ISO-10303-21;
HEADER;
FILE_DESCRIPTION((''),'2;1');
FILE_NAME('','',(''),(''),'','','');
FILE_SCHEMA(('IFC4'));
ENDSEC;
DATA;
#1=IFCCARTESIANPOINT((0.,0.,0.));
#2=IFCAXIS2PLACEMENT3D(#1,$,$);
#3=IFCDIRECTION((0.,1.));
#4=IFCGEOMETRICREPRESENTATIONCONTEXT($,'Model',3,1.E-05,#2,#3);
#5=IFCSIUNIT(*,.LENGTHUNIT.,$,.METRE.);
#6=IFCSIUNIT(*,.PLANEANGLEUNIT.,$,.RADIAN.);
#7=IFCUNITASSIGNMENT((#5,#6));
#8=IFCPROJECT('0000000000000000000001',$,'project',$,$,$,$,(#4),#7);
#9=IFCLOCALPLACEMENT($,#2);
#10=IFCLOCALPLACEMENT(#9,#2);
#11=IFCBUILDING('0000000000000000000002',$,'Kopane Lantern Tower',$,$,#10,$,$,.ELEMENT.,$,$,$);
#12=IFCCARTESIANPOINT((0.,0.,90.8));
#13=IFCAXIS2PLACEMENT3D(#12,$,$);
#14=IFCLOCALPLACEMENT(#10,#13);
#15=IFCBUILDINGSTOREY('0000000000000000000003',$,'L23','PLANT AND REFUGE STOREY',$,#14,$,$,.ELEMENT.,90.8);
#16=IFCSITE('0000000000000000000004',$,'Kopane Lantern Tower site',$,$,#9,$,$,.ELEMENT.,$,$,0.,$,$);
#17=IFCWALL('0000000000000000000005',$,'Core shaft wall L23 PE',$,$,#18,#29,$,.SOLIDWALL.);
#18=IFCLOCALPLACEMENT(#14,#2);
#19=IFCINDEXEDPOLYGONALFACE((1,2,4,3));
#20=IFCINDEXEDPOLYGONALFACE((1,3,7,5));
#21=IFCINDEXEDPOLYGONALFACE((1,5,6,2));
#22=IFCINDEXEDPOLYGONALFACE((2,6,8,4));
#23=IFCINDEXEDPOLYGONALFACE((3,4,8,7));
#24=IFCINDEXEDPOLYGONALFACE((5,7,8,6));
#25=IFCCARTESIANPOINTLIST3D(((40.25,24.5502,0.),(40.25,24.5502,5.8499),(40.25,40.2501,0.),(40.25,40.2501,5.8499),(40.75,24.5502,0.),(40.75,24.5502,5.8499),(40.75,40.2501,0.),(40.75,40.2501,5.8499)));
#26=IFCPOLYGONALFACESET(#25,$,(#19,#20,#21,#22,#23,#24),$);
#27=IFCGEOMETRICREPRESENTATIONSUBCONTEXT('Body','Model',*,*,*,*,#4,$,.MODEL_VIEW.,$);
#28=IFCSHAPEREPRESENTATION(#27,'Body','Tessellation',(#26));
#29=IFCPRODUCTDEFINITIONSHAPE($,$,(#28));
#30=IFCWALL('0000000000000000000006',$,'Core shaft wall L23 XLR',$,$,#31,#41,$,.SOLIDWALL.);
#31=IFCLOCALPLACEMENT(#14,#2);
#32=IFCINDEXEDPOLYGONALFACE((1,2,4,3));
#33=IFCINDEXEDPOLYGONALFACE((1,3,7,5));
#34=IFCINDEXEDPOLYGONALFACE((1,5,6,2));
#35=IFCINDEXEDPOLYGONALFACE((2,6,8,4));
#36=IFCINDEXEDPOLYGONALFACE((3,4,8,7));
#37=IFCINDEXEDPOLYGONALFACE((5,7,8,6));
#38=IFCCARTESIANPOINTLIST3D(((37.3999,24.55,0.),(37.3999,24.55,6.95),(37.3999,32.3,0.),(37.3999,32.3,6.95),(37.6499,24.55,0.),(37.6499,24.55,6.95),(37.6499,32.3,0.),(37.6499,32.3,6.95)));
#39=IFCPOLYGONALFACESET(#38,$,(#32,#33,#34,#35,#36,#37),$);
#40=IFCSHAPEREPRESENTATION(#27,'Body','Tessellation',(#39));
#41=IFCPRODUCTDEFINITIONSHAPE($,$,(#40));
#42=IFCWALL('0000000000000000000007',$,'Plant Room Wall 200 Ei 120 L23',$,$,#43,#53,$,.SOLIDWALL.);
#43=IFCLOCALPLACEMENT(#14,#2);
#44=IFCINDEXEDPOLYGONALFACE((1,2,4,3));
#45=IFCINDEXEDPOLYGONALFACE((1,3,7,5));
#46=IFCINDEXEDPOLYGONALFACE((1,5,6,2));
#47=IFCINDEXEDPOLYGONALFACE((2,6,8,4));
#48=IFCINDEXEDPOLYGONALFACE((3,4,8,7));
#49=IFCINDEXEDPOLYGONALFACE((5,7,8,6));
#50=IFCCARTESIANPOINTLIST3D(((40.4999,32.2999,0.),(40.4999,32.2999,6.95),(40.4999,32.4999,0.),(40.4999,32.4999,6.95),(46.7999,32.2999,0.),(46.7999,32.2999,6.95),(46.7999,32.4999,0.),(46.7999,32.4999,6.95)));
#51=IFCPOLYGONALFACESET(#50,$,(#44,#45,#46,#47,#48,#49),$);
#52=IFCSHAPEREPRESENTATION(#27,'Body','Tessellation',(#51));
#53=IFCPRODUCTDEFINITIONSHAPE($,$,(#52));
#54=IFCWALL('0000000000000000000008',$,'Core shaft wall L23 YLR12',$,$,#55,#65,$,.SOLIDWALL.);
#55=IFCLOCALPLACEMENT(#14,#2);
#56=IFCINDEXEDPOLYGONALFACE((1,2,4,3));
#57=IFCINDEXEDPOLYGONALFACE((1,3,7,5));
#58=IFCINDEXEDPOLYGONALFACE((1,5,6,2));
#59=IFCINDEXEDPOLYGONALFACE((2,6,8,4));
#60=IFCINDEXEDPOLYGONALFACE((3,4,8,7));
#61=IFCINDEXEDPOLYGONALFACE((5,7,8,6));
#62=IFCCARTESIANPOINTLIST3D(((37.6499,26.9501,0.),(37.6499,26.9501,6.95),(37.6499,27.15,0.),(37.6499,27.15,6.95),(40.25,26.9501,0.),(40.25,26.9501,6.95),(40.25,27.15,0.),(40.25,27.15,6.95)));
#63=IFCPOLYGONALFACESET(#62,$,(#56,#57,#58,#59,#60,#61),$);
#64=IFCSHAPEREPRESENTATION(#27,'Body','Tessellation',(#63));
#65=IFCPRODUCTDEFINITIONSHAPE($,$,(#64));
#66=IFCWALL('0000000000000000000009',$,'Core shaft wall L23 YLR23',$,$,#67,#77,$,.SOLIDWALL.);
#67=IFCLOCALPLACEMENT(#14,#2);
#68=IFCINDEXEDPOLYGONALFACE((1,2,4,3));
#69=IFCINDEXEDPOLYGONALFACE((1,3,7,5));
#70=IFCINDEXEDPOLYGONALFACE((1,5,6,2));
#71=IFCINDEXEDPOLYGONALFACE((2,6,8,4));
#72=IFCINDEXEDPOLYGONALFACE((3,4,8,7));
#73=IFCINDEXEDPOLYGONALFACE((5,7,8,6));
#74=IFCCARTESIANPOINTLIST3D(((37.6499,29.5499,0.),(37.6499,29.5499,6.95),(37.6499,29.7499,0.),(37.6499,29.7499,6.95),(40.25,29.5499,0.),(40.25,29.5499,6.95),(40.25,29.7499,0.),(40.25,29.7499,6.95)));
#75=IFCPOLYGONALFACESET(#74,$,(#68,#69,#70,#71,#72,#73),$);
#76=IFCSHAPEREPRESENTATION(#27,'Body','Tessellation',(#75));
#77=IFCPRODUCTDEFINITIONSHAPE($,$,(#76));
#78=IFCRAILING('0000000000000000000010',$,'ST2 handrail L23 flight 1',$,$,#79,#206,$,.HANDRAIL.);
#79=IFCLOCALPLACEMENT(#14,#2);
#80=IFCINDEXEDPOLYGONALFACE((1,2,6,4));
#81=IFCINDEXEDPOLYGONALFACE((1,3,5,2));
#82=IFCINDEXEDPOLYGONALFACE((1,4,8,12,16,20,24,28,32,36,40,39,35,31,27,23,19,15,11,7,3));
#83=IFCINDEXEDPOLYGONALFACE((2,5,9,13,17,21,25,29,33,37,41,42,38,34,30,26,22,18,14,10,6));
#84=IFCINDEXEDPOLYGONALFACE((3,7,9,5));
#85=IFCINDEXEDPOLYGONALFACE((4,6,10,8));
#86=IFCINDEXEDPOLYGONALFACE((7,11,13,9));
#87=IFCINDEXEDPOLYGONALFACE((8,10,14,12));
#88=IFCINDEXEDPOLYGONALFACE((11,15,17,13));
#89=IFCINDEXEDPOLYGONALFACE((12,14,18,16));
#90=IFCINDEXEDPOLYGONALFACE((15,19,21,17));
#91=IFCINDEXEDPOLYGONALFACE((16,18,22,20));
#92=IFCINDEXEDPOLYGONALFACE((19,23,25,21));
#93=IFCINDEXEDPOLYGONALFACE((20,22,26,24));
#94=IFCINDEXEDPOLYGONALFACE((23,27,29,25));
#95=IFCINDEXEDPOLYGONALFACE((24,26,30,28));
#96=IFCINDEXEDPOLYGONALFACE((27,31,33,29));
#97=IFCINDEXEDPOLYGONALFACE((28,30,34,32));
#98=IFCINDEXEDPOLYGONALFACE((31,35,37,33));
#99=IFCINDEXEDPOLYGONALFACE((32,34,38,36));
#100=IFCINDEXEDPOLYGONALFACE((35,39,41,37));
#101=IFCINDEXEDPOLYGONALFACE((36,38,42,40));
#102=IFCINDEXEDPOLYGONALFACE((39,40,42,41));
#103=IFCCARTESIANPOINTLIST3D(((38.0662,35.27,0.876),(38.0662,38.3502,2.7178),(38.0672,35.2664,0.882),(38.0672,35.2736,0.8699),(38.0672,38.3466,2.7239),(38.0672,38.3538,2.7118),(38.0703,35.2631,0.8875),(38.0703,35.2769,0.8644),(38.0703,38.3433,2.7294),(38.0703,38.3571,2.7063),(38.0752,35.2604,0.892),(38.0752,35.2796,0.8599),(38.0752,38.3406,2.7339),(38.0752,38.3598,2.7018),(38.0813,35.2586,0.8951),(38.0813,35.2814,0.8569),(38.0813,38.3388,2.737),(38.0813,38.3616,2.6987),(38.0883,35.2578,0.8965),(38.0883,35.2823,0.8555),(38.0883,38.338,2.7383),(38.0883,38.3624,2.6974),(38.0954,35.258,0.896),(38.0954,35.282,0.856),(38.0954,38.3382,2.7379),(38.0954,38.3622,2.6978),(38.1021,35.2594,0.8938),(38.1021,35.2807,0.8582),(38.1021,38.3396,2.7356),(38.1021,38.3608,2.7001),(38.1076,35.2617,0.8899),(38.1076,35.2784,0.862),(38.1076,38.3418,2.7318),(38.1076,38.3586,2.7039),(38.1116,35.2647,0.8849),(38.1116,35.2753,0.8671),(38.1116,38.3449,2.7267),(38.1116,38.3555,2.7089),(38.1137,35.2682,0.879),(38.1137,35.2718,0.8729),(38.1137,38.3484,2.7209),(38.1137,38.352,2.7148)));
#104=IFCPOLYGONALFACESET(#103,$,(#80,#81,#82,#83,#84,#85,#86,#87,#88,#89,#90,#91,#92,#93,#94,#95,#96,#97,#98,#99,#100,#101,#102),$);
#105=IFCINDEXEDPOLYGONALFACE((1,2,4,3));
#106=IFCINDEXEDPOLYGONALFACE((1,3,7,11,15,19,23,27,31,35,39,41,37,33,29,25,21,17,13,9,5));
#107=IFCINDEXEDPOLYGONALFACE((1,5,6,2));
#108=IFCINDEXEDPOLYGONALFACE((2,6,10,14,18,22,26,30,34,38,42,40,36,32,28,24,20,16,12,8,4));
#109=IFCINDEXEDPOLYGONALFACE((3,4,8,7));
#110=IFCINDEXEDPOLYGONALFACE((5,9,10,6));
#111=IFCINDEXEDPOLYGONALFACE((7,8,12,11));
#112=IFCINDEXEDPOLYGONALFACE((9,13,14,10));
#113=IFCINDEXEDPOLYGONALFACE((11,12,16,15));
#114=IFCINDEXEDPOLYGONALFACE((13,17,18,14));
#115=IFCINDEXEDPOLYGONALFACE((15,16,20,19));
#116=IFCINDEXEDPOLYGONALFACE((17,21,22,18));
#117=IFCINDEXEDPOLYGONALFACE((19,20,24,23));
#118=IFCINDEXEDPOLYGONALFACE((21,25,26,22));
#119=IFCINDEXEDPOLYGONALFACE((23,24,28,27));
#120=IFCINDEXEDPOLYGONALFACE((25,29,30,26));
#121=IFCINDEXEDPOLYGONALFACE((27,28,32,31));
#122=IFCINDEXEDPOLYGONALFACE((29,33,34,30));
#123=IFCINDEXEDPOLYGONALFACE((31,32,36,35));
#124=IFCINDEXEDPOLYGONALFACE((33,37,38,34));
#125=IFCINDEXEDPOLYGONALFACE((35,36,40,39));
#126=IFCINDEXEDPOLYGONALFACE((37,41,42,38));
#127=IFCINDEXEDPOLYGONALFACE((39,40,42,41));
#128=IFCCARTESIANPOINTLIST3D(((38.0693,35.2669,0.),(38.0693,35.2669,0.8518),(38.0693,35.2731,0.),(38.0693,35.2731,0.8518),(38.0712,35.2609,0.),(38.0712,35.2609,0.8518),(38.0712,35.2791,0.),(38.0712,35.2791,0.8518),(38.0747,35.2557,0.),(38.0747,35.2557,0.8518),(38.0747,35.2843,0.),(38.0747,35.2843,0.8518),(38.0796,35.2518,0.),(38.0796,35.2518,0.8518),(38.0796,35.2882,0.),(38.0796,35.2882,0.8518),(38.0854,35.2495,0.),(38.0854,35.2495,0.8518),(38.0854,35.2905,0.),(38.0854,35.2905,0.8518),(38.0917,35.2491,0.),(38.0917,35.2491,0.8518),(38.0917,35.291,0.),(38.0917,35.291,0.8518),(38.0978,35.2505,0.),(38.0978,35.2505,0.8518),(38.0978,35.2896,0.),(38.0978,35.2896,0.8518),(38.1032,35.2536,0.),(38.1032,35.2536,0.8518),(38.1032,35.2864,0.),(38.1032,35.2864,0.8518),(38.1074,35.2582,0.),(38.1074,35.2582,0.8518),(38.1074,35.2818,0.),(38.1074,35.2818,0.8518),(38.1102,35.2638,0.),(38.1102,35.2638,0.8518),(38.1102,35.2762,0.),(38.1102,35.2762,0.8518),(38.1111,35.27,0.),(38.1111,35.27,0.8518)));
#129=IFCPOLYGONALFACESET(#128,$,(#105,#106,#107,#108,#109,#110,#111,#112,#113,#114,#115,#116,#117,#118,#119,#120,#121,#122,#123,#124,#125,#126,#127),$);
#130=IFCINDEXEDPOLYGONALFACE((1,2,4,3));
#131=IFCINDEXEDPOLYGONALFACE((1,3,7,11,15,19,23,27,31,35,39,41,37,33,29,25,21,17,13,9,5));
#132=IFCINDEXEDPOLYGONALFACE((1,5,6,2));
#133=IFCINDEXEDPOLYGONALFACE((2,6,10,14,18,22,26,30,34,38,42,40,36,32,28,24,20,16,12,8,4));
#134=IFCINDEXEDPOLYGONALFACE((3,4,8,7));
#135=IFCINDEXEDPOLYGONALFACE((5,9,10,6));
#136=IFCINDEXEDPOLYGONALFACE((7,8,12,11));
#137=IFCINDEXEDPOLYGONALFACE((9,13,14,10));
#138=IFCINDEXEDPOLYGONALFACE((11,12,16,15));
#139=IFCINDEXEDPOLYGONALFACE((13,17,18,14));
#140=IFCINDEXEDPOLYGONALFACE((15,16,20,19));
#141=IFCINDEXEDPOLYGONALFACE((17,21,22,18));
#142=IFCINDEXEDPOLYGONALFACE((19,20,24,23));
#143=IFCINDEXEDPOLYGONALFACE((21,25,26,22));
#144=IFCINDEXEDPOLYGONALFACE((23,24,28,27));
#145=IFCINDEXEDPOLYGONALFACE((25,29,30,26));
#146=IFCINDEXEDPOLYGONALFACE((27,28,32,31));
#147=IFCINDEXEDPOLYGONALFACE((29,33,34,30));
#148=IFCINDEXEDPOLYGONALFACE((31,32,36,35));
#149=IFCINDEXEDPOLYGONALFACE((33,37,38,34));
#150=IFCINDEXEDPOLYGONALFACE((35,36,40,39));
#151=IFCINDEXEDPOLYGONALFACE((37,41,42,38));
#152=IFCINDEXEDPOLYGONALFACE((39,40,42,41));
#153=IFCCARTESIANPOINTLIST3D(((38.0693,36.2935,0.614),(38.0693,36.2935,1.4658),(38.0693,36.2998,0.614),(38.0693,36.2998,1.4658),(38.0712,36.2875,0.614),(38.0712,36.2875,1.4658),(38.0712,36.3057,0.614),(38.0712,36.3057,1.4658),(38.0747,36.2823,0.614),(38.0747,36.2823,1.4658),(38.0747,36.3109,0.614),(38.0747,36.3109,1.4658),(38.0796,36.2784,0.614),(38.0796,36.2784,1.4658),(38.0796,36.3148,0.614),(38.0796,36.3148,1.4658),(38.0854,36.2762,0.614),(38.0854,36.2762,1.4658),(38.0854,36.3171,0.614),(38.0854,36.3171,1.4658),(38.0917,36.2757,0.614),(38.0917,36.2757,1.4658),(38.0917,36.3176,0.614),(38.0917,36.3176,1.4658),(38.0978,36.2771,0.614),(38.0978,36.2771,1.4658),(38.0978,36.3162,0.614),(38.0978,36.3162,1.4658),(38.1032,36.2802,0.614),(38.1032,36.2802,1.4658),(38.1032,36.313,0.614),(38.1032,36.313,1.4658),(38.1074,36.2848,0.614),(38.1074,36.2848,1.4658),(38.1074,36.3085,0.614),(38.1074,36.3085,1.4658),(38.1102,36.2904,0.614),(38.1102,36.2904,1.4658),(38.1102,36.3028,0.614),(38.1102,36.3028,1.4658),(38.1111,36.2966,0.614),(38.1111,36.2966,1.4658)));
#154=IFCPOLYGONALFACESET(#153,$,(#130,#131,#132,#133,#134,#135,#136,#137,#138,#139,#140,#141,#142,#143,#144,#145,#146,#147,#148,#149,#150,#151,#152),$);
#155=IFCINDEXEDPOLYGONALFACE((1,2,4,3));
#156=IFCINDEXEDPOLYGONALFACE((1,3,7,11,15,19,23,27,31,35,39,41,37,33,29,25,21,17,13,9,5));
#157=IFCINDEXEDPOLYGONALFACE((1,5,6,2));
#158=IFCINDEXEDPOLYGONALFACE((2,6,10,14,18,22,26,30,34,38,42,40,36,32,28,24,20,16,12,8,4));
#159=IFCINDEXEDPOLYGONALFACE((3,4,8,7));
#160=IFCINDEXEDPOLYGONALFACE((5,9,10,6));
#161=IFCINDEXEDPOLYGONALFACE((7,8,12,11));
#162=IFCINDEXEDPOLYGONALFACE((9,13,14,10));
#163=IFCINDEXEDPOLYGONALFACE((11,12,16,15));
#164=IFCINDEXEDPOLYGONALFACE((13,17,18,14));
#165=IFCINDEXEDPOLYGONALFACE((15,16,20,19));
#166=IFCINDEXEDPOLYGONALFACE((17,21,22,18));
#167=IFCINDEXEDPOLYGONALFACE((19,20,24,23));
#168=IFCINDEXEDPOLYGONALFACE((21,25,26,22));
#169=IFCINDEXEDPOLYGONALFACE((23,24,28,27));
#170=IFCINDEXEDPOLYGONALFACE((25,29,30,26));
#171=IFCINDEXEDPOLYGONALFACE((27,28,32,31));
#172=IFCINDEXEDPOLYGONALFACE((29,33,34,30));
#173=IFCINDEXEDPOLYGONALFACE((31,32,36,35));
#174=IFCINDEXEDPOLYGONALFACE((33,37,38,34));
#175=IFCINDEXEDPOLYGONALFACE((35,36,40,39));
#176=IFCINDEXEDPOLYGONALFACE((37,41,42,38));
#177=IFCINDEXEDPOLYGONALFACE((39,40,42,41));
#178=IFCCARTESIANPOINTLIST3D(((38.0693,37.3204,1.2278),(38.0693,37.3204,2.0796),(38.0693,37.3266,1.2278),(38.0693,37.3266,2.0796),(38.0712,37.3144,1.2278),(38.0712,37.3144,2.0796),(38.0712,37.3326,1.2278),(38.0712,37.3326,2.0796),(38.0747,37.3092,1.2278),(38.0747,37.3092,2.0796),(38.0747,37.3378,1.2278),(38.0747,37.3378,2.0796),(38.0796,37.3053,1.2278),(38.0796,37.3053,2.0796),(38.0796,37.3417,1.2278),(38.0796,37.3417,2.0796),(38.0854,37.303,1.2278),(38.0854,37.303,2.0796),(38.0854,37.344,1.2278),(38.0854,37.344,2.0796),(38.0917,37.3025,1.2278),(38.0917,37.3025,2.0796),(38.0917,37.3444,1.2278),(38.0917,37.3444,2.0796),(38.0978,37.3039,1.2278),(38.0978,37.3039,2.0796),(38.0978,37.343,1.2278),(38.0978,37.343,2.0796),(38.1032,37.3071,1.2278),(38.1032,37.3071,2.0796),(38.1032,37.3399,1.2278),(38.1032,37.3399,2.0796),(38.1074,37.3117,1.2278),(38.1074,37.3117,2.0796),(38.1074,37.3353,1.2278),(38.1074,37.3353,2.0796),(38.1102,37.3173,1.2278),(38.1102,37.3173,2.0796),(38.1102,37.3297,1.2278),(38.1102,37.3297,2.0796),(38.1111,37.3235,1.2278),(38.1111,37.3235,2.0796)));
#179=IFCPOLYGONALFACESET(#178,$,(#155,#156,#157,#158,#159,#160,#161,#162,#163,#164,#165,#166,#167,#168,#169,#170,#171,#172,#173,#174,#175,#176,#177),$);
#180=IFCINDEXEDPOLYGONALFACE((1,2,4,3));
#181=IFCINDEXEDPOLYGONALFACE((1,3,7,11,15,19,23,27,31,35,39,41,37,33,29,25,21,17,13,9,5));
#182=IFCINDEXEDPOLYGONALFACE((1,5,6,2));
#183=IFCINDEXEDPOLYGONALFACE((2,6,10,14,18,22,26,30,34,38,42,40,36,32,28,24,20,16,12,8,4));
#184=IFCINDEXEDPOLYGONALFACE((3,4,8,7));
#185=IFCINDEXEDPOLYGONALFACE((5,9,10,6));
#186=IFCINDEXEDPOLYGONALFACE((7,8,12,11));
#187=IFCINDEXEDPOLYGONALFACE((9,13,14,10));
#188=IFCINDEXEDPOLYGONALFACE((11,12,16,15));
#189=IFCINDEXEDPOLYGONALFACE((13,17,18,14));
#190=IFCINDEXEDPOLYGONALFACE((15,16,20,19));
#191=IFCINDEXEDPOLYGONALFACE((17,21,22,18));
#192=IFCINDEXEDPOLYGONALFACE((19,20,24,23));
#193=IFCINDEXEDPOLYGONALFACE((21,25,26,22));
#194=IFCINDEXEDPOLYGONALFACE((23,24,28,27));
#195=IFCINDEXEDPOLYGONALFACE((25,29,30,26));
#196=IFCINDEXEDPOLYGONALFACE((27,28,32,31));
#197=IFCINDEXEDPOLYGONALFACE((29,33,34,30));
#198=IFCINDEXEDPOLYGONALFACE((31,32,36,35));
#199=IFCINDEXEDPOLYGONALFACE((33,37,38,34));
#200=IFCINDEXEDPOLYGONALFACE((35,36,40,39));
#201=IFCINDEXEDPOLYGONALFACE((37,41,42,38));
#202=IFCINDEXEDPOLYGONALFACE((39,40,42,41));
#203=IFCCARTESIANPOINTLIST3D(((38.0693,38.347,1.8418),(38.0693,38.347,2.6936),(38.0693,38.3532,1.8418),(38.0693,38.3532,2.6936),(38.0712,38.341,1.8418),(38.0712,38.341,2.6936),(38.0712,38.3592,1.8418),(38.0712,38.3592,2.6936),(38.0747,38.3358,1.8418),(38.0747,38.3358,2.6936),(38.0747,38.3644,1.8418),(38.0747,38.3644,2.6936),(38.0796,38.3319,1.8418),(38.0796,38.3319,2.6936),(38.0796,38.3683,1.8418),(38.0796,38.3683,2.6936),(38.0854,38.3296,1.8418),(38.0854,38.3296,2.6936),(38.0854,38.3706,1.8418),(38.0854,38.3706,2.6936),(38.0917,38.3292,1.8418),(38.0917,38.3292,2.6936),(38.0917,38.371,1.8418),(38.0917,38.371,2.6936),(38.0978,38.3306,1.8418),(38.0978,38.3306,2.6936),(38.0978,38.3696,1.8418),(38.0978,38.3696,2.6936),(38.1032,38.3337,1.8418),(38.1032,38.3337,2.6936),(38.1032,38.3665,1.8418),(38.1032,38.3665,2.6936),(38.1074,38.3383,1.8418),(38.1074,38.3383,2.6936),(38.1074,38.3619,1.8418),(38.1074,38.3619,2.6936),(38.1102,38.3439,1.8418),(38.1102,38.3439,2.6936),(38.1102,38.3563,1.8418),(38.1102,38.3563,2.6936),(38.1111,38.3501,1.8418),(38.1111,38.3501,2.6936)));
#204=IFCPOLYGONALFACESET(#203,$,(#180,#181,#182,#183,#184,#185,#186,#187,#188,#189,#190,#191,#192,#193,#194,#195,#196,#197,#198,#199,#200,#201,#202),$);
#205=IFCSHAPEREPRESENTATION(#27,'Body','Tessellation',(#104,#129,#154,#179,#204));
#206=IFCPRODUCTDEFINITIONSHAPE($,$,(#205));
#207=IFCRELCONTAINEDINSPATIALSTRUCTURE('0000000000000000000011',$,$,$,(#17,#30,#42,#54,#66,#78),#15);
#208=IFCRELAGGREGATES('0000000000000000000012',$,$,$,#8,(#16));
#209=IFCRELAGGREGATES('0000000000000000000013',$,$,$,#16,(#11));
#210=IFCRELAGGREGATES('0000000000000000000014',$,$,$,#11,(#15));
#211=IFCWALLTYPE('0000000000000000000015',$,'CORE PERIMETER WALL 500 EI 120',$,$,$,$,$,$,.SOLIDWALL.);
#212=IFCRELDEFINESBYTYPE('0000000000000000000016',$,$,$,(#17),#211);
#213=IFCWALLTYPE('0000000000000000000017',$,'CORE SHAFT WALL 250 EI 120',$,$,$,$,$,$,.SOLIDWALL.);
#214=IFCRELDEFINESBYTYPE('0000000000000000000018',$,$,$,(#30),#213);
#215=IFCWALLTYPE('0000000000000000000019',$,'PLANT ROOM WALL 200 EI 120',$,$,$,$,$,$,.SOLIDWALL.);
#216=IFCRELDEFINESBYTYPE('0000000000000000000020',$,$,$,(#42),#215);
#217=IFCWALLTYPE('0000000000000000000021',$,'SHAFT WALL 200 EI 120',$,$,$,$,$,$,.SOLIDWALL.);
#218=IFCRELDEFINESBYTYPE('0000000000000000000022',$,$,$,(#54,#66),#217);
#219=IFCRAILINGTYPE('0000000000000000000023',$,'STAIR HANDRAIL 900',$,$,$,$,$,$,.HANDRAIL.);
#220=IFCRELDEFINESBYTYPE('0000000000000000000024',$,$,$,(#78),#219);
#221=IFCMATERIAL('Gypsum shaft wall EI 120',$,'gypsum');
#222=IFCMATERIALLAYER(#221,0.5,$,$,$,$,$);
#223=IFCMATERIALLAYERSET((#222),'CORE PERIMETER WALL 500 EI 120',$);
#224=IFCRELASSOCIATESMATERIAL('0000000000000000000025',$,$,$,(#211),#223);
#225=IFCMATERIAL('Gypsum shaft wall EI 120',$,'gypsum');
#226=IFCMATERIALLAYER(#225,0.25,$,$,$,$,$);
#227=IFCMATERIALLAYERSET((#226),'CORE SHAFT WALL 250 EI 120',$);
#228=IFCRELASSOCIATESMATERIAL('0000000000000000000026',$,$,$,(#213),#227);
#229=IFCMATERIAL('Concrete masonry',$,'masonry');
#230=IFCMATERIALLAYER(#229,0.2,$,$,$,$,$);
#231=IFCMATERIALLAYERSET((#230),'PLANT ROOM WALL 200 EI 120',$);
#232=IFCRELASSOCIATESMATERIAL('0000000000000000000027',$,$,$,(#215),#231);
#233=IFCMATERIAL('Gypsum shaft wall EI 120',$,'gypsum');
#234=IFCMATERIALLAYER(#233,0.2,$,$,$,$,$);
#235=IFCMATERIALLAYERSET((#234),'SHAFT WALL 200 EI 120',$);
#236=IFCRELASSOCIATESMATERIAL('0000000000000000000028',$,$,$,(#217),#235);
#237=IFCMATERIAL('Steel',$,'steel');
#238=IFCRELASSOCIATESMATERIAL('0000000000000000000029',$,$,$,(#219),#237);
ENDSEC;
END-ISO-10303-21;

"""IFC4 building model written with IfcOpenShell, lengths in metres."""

from ifc_helpers import new_model, si_unit, direction, frame, frame_2d, origin, origin_2d, place, context, subcontext, project, spatial, rectangle, circle, extrude, material, layer, layer_set, type_object, element, save


model = new_model("IFC4")

# Units and contexts
model_context = context("Model", 3, precision=1e-05, world=origin(), true_north=direction((0.0, 1.0)))
body_context = subcontext(model_context, "Body", "Model", "MODEL_VIEW")
ifc_project = project(units=[si_unit("LENGTHUNIT", "METRE"), si_unit("PLANEANGLEUNIT", "RADIAN")], contexts=[model_context])

# Site, building, storey
site_placement = place(None, origin())
site = spatial("IfcSite", under=ifc_project, at=site_placement, Name="Kopane Lantern Tower site", CompositionType="ELEMENT", RefElevation=0.0)
building_placement = place(site_placement, origin())
building = spatial("IfcBuilding", under=site, at=building_placement, Name="Kopane Lantern Tower", CompositionType="ELEMENT")
storey_placement = place(building_placement, frame((0.0, 0.0, 90.8)))
storey = spatial("IfcBuildingStorey", under=building, at=storey_placement, Name="L23", Description="PLANT AND REFUGE STOREY", CompositionType="ELEMENT", Elevation=90.8)

# Walls
ifc_material_1 = material(Name="Gypsum shaft wall EI 120", Category="gypsum")
ifc_layer_1 = layer(ifc_material_1, 0.5)
ifc_layer_set_1 = layer_set([ifc_layer_1], Name="CORE PERIMETER WALL 500 EI 120")
wall_type_1 = type_object("IfcWallType", Name="CORE PERIMETER WALL 500 EI 120", PredefinedType="SOLIDWALL", material=ifc_layer_set_1)
wall_1_placement = place(storey_placement, frame((40.5, 24.55, 0.0), z_axis=(0.0, 0.0, 1.0), x_axis=(0.0, 1.0, 0.0)))
element("IfcWall", 1, at=wall_1_placement, inside=storey, type_object=wall_type_1, Name="Core shaft wall L23 PE", PredefinedType="SOLIDWALL", context=body_context, shape_type="SweptSolid", body=[
    extrude(rectangle(XDim=15.7, YDim=0.5, at=frame_2d((7.8501, 0.0))), origin(), (0.0, 0.0, 1.0), 5.8499),
])
ifc_material_2 = material(Name="Gypsum shaft wall EI 120", Category="gypsum")
ifc_layer_2 = layer(ifc_material_2, 0.25)
ifc_layer_set_2 = layer_set([ifc_layer_2], Name="CORE SHAFT WALL 250 EI 120")
wall_type_2 = type_object("IfcWallType", Name="CORE SHAFT WALL 250 EI 120", PredefinedType="SOLIDWALL", material=ifc_layer_set_2)
wall_2_placement = place(storey_placement, frame((37.5249, 24.55, 0.0), z_axis=(0.0, 0.0, 1.0), x_axis=(0.0, 1.0, 0.0)))
element("IfcWall", 2, at=wall_2_placement, inside=storey, type_object=wall_type_2, Name="Core shaft wall L23 XLR", PredefinedType="SOLIDWALL", context=body_context, shape_type="SweptSolid", body=[
    extrude(rectangle(XDim=7.75, YDim=0.25, at=frame_2d((3.875, 0.0))), origin(), (0.0, 0.0, 1.0), 6.95),
])
ifc_material_3 = material(Name="Concrete masonry", Category="masonry")
ifc_layer_3 = layer(ifc_material_3, 0.2)
ifc_layer_set_3 = layer_set([ifc_layer_3], Name="PLANT ROOM WALL 200 EI 120")
wall_type_3 = type_object("IfcWallType", Name="PLANT ROOM WALL 200 EI 120", PredefinedType="SOLIDWALL", material=ifc_layer_set_3)
wall_3_placement = place(storey_placement, frame((40.5, 32.3999, 0.0), z_axis=(0.0, 0.0, 1.0), x_axis=(1.0, 0.0, 0.0)))
element("IfcWall", 3, at=wall_3_placement, inside=storey, type_object=wall_type_3, Name="Plant Room Wall 200 Ei 120 L23", PredefinedType="SOLIDWALL", context=body_context, shape_type="SweptSolid", body=[
    extrude(rectangle(XDim=6.3, YDim=0.2, at=frame_2d((3.1499, 0.0))), origin(), (0.0, 0.0, 1.0), 6.95),
])
ifc_material_4 = material(Name="Gypsum shaft wall EI 120", Category="gypsum")
ifc_layer_4 = layer(ifc_material_4, 0.2)
ifc_layer_set_4 = layer_set([ifc_layer_4], Name="SHAFT WALL 200 EI 120")
wall_type_4 = type_object("IfcWallType", Name="SHAFT WALL 200 EI 120", PredefinedType="SOLIDWALL", material=ifc_layer_set_4)
for number, where, z_axis, x_axis, name in (
    (4, (37.6499, 27.05, 0.0), (0.0, 0.0, 1.0), (1.0, 0.0, 0.0), "Core shaft wall L23 YLR12"),
    (5, (37.6499, 29.6499, 0.0), (0.0, 0.0, 1.0), (1.0, 0.0, 0.0), "Core shaft wall L23 YLR23"),
):
    element("IfcWall", number, at=place(storey_placement, frame(where, z_axis=z_axis, x_axis=x_axis)), inside=storey, type_object=wall_type_4, Name=name, PredefinedType="SOLIDWALL", context=body_context, shape_type="SweptSolid", body=[
        extrude(rectangle(XDim=2.6001, YDim=0.2, at=frame_2d((1.3, 0.0))), origin(), (0.0, 0.0, 1.0), 6.95),
    ])

# Railing
ifc_material_5 = material(Name="Steel", Category="steel")
railing_type_1 = type_object("IfcRailingType", Name="STAIR HANDRAIL 900", PredefinedType="HANDRAIL", material=ifc_material_5)
railing_1_placement = place(storey_placement, frame((38.0901, 35.27, 0.0)))
element("IfcRailing", 6, at=railing_1_placement, inside=storey, type_object=railing_type_1, Name="ST2 handrail L23 flight 1", PredefinedType="HANDRAIL", context=body_context, shape_type="SweptSolid", body=[
    extrude(circle(Radius=0.0239, at=origin_2d()), frame((0.0, 0.0, 0.876), z_axis=(0.0, 0.85826, 0.513215), x_axis=(-1.0, 0.0, 0.0)), (0.0, 0.0, 1.0), 3.5889),
    extrude(circle(Radius=0.021, at=origin_2d()), origin(), (0.0, 0.0, 1.0), 0.8518),
    extrude(circle(Radius=0.021, at=origin_2d()), frame((0.0, 1.0266, 0.614)), (0.0, 0.0, 1.0), 0.8518),
    extrude(circle(Radius=0.021, at=origin_2d()), frame((0.0, 2.0535, 1.2278)), (0.0, 0.0, 1.0), 0.8518),
    extrude(circle(Radius=0.021, at=origin_2d()), frame((0.0, 3.0801, 1.8418)), (0.0, 0.0, 1.0), 0.8518),
])

save(model, "model.ifc")
